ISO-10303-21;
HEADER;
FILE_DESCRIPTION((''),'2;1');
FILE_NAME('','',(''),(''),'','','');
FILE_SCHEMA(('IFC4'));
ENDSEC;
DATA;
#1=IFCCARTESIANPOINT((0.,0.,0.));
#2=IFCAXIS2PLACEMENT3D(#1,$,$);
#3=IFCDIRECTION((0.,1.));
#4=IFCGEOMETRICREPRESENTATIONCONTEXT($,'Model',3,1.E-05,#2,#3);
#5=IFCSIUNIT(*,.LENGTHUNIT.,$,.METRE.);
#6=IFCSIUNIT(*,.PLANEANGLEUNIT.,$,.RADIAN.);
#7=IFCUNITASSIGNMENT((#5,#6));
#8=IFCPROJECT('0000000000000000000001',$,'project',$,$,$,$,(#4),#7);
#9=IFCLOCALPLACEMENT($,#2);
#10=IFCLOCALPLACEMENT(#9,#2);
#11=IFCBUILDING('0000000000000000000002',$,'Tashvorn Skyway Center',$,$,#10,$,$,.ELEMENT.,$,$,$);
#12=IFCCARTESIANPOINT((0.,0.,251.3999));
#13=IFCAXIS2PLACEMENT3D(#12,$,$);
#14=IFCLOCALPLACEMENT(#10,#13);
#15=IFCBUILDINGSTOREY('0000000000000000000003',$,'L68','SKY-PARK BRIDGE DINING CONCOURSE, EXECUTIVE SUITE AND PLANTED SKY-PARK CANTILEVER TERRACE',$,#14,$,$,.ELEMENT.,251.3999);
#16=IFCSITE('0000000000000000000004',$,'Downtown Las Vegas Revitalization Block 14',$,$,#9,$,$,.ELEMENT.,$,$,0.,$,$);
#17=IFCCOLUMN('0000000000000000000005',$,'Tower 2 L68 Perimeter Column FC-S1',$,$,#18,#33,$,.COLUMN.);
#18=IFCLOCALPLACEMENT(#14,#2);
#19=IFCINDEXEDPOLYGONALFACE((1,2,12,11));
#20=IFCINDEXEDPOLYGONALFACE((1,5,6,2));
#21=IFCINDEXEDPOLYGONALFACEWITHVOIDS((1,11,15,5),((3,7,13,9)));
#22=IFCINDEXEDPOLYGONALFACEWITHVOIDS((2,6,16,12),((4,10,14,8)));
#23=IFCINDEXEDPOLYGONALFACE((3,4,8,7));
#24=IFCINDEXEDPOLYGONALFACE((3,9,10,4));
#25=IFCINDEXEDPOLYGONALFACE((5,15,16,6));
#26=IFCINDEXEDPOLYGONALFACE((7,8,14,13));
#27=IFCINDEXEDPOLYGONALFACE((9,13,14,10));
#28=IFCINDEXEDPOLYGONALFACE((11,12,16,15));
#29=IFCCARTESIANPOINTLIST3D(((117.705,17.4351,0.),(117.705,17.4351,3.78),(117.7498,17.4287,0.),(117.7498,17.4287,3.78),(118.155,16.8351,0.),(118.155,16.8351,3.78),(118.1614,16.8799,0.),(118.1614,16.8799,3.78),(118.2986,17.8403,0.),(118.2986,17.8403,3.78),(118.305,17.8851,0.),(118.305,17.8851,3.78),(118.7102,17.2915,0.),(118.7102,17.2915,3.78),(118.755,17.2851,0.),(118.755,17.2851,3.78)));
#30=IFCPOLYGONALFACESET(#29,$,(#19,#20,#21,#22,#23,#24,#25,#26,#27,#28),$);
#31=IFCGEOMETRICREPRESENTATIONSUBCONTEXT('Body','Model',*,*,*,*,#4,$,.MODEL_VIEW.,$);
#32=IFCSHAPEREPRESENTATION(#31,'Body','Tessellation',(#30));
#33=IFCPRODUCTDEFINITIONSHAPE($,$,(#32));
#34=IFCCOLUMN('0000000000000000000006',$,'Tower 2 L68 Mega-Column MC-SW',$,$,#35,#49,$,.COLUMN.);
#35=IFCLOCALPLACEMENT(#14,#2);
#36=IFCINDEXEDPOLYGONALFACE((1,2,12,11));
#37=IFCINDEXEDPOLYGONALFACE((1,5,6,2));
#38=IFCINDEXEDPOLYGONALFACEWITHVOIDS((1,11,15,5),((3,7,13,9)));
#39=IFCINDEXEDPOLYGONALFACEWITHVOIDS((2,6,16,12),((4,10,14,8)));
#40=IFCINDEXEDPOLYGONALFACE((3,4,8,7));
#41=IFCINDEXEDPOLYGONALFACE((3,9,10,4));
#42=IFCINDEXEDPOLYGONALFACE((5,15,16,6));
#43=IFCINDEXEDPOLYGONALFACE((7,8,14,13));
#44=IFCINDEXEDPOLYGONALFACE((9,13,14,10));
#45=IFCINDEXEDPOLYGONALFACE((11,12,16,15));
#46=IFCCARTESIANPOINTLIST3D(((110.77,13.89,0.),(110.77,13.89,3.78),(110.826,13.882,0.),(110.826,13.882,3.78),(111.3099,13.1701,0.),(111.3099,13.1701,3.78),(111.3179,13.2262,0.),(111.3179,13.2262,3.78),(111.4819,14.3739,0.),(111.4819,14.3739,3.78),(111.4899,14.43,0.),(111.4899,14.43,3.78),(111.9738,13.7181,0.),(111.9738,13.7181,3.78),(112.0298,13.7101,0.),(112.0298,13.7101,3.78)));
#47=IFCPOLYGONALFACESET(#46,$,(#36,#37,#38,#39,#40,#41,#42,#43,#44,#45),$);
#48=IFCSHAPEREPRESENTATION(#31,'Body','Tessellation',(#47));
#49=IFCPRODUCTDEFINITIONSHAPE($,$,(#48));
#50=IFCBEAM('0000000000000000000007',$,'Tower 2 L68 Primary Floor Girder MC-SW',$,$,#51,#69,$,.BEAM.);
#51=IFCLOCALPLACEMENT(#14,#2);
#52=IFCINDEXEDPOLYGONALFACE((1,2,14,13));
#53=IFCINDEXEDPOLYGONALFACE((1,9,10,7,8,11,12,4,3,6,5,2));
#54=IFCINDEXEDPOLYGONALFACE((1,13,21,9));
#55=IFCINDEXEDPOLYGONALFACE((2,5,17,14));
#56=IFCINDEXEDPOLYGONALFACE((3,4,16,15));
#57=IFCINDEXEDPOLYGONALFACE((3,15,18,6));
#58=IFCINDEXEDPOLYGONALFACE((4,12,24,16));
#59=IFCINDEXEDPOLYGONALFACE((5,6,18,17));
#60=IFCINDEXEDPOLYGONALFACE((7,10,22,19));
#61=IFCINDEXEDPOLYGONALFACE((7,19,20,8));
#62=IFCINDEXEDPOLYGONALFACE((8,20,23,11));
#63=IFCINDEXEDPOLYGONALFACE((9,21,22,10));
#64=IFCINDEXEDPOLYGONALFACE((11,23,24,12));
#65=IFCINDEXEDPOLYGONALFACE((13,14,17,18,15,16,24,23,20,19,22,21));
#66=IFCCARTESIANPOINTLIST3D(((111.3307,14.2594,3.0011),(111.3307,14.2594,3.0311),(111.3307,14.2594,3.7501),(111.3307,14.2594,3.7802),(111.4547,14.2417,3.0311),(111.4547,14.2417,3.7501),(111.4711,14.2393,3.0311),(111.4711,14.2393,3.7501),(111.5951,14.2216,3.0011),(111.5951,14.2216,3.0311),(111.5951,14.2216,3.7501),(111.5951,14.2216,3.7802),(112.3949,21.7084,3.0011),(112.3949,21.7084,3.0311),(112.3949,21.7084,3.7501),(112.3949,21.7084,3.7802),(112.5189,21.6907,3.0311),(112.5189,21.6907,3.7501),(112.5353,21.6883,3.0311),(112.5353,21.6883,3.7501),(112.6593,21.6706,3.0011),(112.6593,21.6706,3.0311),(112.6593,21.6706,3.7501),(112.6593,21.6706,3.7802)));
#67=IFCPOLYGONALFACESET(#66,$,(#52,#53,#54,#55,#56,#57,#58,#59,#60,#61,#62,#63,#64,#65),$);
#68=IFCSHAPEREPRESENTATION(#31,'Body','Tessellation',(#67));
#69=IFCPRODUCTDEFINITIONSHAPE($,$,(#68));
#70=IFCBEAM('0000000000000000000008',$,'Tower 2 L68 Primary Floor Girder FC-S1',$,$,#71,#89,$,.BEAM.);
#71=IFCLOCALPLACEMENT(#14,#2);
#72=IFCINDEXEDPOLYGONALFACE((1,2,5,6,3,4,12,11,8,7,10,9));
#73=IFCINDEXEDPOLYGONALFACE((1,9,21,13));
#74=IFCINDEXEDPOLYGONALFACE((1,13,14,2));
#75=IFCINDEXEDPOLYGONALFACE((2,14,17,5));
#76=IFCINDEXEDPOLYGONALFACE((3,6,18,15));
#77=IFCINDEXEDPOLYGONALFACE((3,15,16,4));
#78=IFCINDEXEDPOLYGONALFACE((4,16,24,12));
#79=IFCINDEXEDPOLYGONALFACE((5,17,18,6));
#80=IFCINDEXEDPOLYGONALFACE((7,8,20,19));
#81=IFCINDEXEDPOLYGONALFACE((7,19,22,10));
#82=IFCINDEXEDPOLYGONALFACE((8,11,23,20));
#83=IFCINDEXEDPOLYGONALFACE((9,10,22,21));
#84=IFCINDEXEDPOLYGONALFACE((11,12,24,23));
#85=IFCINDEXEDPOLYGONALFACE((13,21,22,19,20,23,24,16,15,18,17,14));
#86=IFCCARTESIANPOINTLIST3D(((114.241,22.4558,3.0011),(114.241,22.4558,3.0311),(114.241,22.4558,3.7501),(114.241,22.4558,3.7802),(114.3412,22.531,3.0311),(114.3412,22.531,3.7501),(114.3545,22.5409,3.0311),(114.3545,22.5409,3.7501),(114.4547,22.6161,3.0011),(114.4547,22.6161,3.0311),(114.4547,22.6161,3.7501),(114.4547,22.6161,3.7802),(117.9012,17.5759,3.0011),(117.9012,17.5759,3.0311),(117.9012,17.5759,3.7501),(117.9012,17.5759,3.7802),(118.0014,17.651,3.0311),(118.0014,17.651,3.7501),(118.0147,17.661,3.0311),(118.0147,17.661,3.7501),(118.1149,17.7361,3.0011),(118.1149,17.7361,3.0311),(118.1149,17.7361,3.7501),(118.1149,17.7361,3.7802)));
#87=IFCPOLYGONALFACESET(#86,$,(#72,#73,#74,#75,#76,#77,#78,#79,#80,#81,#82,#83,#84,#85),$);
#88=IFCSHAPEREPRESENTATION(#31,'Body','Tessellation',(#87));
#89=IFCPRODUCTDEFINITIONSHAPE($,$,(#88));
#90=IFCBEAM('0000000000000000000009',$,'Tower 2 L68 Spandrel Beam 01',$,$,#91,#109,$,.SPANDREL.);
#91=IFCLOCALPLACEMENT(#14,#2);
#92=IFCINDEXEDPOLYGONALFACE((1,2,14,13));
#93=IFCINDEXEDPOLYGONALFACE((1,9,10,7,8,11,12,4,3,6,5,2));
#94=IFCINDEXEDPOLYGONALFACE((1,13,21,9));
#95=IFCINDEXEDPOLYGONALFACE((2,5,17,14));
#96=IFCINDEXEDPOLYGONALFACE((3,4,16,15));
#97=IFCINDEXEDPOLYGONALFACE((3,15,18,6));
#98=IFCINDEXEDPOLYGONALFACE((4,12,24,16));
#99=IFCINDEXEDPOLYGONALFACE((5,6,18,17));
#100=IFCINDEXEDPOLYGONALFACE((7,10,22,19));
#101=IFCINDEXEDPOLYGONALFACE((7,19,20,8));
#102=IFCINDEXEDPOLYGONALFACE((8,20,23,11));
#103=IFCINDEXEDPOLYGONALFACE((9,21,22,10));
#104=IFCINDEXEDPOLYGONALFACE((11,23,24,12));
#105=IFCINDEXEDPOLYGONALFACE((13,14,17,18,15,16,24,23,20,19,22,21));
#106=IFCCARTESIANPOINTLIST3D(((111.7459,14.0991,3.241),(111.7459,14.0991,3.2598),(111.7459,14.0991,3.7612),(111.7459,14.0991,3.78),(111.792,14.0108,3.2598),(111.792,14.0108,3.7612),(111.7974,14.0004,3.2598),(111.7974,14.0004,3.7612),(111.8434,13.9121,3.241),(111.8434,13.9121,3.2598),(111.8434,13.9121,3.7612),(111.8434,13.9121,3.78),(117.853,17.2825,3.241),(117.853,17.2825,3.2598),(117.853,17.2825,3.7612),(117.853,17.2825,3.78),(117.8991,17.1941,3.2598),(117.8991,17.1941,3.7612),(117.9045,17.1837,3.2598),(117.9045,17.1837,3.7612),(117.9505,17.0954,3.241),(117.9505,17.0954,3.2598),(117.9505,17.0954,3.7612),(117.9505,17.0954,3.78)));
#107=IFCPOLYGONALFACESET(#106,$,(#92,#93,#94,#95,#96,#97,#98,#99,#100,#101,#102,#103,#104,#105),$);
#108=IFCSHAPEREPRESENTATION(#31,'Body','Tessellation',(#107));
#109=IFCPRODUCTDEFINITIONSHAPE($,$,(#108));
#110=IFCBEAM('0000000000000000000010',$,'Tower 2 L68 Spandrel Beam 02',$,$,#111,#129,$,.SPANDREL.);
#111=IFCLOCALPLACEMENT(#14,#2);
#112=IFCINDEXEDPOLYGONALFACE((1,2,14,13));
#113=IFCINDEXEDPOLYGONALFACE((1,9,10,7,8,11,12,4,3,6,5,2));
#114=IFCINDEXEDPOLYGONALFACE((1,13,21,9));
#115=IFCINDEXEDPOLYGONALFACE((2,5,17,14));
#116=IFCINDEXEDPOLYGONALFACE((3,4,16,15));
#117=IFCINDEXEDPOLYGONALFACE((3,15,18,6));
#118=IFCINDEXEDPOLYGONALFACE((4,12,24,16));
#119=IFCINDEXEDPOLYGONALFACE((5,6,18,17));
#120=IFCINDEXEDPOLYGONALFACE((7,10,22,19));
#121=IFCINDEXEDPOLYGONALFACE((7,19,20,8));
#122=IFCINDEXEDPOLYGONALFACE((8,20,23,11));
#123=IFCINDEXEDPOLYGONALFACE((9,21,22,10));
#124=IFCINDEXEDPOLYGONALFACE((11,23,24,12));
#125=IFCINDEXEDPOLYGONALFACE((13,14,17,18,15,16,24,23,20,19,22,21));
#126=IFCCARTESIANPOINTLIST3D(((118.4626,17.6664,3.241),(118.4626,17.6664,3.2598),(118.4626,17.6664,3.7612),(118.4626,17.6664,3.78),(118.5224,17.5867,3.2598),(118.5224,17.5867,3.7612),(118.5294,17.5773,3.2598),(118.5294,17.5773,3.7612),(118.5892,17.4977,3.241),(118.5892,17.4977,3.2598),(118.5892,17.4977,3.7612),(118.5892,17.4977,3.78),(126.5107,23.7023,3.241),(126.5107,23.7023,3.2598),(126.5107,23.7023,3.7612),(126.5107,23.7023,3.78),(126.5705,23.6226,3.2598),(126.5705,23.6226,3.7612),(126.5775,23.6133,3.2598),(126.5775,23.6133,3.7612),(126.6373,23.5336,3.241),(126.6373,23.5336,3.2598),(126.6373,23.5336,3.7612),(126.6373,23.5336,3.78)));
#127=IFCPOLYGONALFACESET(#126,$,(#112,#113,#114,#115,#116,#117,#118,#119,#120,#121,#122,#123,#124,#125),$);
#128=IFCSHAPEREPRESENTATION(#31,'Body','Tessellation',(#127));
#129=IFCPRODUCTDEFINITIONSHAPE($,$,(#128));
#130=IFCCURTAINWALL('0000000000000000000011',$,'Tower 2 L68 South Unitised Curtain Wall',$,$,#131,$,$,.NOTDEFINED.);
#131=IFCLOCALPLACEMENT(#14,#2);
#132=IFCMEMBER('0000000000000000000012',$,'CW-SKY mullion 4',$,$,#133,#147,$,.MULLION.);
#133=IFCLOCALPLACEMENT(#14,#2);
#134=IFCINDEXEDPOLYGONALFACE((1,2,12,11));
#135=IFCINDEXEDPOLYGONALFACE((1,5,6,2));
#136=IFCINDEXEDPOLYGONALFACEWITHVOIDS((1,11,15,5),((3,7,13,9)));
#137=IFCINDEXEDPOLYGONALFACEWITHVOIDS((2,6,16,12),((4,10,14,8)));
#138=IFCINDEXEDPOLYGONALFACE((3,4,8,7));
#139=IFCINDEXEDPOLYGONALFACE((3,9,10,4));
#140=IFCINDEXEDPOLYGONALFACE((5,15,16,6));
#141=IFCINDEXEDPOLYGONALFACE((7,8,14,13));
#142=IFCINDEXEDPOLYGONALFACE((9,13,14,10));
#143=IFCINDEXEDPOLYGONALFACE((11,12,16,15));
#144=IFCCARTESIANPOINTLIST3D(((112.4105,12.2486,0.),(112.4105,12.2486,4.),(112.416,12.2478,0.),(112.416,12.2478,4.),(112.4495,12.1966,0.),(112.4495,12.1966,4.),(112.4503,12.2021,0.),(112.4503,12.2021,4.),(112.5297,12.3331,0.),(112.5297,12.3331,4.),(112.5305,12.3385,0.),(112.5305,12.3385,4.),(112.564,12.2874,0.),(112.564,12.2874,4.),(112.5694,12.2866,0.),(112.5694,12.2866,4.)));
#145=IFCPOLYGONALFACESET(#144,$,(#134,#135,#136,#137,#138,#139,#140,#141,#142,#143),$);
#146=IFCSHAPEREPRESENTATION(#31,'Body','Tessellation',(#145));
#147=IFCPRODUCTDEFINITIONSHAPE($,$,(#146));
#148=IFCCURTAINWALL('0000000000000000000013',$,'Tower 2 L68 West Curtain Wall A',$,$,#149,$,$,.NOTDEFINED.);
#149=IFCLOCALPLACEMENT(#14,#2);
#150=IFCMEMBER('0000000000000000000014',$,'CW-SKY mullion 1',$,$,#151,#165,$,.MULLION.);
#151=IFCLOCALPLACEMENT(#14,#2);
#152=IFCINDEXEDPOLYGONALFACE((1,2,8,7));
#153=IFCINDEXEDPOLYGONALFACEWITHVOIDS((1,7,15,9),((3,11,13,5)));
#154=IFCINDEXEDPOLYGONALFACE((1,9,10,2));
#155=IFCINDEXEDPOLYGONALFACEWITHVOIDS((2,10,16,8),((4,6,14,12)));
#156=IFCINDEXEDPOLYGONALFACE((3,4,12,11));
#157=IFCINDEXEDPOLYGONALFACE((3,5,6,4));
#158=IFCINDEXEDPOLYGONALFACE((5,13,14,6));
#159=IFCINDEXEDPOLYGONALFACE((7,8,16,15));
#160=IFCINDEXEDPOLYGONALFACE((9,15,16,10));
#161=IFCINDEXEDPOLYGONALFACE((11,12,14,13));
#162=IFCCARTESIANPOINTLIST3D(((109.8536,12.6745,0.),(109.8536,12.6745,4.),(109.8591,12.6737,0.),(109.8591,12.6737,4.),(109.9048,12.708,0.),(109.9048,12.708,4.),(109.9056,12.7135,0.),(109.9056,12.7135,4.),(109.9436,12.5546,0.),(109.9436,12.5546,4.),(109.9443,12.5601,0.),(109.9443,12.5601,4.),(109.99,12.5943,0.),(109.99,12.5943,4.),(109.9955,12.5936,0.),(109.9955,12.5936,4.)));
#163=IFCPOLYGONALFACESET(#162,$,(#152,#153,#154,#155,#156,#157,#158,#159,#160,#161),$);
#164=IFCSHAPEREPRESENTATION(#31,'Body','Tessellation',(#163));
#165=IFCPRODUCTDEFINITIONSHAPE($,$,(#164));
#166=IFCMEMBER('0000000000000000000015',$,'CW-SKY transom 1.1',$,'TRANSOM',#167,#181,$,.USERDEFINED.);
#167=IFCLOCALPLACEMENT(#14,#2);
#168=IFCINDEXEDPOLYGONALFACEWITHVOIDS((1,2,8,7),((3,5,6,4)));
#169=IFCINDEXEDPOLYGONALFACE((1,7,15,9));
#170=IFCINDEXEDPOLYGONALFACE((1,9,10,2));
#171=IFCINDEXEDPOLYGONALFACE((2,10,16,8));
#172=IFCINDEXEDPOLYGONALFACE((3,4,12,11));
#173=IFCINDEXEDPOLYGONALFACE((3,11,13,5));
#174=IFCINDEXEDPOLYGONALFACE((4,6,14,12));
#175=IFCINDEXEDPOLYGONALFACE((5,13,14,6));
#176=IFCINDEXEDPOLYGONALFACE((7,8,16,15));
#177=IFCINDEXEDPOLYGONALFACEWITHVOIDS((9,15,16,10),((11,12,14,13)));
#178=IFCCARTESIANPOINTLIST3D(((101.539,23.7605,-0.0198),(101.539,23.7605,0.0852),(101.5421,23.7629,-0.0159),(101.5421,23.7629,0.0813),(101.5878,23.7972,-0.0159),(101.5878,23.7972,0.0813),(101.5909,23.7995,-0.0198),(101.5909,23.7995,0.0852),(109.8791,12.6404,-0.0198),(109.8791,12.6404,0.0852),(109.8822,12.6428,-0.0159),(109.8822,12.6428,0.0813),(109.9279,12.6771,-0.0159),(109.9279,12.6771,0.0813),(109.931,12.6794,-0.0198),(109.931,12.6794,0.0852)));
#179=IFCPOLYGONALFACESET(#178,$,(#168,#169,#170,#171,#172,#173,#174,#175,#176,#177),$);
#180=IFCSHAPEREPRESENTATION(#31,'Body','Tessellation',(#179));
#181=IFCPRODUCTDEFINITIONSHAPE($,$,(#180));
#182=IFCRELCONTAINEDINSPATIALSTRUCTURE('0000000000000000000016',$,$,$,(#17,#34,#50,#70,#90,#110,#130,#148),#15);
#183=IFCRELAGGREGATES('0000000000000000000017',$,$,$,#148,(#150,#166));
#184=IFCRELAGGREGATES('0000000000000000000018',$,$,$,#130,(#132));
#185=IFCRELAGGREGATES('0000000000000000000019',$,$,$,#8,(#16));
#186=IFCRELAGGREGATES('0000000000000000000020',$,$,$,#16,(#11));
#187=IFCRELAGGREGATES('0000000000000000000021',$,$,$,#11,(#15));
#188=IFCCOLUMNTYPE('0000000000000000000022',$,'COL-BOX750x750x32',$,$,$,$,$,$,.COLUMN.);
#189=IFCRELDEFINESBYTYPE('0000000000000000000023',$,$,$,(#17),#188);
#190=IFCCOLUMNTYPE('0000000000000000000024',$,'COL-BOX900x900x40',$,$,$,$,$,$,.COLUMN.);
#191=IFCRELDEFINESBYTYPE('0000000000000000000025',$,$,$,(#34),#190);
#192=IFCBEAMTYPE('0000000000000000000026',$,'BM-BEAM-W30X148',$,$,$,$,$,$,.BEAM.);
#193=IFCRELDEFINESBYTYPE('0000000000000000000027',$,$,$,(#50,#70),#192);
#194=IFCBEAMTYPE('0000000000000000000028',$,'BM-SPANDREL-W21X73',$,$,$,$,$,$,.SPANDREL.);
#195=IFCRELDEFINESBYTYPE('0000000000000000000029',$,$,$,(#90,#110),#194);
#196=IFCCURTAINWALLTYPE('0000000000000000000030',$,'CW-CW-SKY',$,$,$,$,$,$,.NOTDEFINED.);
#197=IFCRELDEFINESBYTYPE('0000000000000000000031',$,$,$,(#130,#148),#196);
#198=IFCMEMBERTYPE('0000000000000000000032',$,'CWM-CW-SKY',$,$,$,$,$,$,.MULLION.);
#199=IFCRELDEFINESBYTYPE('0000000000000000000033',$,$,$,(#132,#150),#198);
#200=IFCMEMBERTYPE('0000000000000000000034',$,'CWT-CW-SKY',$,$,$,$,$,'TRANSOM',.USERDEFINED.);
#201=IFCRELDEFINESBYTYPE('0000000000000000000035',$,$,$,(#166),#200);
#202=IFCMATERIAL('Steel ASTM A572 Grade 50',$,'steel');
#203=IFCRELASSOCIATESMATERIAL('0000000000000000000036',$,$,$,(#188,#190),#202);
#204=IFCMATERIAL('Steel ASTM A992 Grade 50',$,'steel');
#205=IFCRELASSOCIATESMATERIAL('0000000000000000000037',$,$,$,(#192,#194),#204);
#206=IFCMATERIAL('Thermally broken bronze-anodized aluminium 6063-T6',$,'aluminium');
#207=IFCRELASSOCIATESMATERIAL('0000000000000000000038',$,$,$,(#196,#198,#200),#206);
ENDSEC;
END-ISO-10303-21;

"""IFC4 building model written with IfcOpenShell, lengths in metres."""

from ifc_helpers import new_model, si_unit, direction, frame, origin, origin_2d, place, context, subcontext, project, spatial, hollow_rectangle, i_section, extrude, material, material_profile, profile_set, type_object, element, aggregate, save


model = new_model("IFC4")

# Units and contexts
model_context = context("Model", 3, precision=1e-05, world=origin(), true_north=direction((0.0, 1.0)))
body_context = subcontext(model_context, "Body", "Model", "MODEL_VIEW")
ifc_project = project(units=[si_unit("LENGTHUNIT", "METRE"), si_unit("PLANEANGLEUNIT", "RADIAN")], contexts=[model_context])

# Site, building, storey
site_placement = place(None, origin())
site = spatial("IfcSite", under=ifc_project, at=site_placement, Name="Downtown Las Vegas Revitalization Block 14", CompositionType="ELEMENT", RefElevation=0.0)
building_placement = place(site_placement, origin())
building = spatial("IfcBuilding", under=site, at=building_placement, Name="Tashvorn Skyway Center", CompositionType="ELEMENT")
storey_placement = place(building_placement, frame((0.0, 0.0, 251.3999)))
storey = spatial("IfcBuildingStorey", under=building, at=storey_placement, Name="L68", Description="SKY-PARK BRIDGE DINING CONCOURSE, EXECUTIVE SUITE AND PLANTED SKY-PARK CANTILEVER TERRACE", CompositionType="ELEMENT", Elevation=251.3999)

# Columns
ifc_material_1 = material(Name="Steel ASTM A572 Grade 50", Category="steel")
ifc_material_profile_1 = material_profile(ifc_material_1, hollow_rectangle(XDim=0.75, YDim=0.75, WallThickness=0.032, at=origin_2d()), Name="BOX750x750x32")
ifc_profile_set_1 = profile_set([ifc_material_profile_1], Name="Steel ASTM A572 Grade 50")
column_type_1 = type_object("IfcColumnType", Name="COL-BOX750x750x32", PredefinedType="COLUMN", material=ifc_profile_set_1)
column_1_placement = place(storey_placement, frame((118.23, 17.3601, 0.0), z_axis=(0.0, 0.0, 1.0), x_axis=(0.8, 0.6, 0.0)))
element("IfcColumn", 1, at=column_1_placement, inside=storey, type_object=column_type_1, Name="Tower 2 L68 Perimeter Column FC-S1", PredefinedType="COLUMN", context=body_context, shape_type="SweptSolid", body=[
    extrude(hollow_rectangle(XDim=0.75, YDim=0.75, WallThickness=0.032, at=origin_2d()), origin(), (0.0, 0.0, 1.0), 3.78),
])
ifc_material_profile_2 = material_profile(ifc_material_1, hollow_rectangle(XDim=0.8999, YDim=0.8999, WallThickness=0.04, at=origin_2d()), Name="BOX900x900x40")
ifc_profile_set_2 = profile_set([ifc_material_profile_2], Name="Steel ASTM A572 Grade 50")
column_type_2 = type_object("IfcColumnType", Name="COL-BOX900x900x40", PredefinedType="COLUMN", material=ifc_profile_set_2)
column_2_placement = place(storey_placement, frame((111.3999, 13.8, 0.0), z_axis=(0.0, 0.0, 1.0), x_axis=(0.8, 0.6, 0.0)))
element("IfcColumn", 2, at=column_2_placement, inside=storey, type_object=column_type_2, Name="Tower 2 L68 Mega-Column MC-SW", PredefinedType="COLUMN", context=body_context, shape_type="SweptSolid", body=[
    extrude(hollow_rectangle(XDim=0.8999, YDim=0.8999, WallThickness=0.04, at=origin_2d()), origin(), (0.0, 0.0, 1.0), 3.78),
])

# Beams
ifc_material_2 = material(Name="Steel ASTM A992 Grade 50", Category="steel")
ifc_material_profile_3 = material_profile(ifc_material_2, i_section(OverallWidth=0.2671, OverallDepth=0.7791, WebThickness=0.0166, FlangeThickness=0.03, at=origin_2d()), Name="W30X148")
ifc_profile_set_3 = profile_set([ifc_material_profile_3], Name="Steel ASTM A992 Grade 50")
beam_type_1 = type_object("IfcBeamType", Name="BM-BEAM-W30X148", PredefinedType="BEAM", material=ifc_profile_set_3)
beam_1_placement = place(storey_placement, frame((111.4629, 14.2405, 3.3906), z_axis=(0.14143, 0.989948, 0.0), x_axis=(-0.989948, 0.14143, 0.0)))
element("IfcBeam", 3, at=beam_1_placement, inside=storey, type_object=beam_type_1, Name="Tower 2 L68 Primary Floor Girder MC-SW", PredefinedType="BEAM", context=body_context, shape_type="SweptSolid", body=[
    extrude(i_section(OverallWidth=0.2671, OverallDepth=0.7791, WebThickness=0.0166, FlangeThickness=0.03, at=origin_2d()), origin(), (0.0, 0.0, 1.0), 7.5247),
])
beam_2_placement = place(storey_placement, frame((118.0081, 17.656, 3.3906), z_axis=(-0.600026, 0.799981, 0.0), x_axis=(-0.799981, -0.600026, 0.0)))
element("IfcBeam", 4, at=beam_2_placement, inside=storey, type_object=beam_type_1, Name="Tower 2 L68 Primary Floor Girder FC-S1", PredefinedType="BEAM", context=body_context, shape_type="SweptSolid", body=[
    extrude(i_section(OverallWidth=0.2671, OverallDepth=0.7791, WebThickness=0.0166, FlangeThickness=0.03, at=origin_2d()), origin(), (0.0, 0.0, 1.0), 6.1001),
])
ifc_material_profile_4 = material_profile(ifc_material_2, i_section(OverallWidth=0.2109, OverallDepth=0.5391, WebThickness=0.0117, FlangeThickness=0.0188, at=origin_2d()), Name="W21X73")
ifc_profile_set_4 = profile_set([ifc_material_profile_4], Name="Steel ASTM A992 Grade 50")
beam_type_2 = type_object("IfcBeamType", Name="BM-SPANDREL-W21X73", PredefinedType="SPANDREL", material=ifc_profile_set_4)
beam_3_placement = place(storey_placement, frame((111.7947, 14.0056, 3.5105), z_axis=(0.886764, 0.462223, 0.0), x_axis=(-0.462223, 0.886764, 0.0)))
element("IfcBeam", 5, at=beam_3_placement, inside=storey, type_object=beam_type_2, Name="Tower 2 L68 Spandrel Beam 01", PredefinedType="SPANDREL", context=body_context, shape_type="SweptSolid", body=[
    extrude(i_section(OverallWidth=0.2109, OverallDepth=0.5391, WebThickness=0.0117, FlangeThickness=0.0188, at=origin_2d()), origin(), (0.0, 0.0, 1.0), 6.887),
])
beam_4_placement = place(storey_placement, frame((118.5259, 17.582, 3.5105), z_axis=(0.800009, 0.599988, 0.0), x_axis=(-0.599988, 0.800009, 0.0)))
element("IfcBeam", 6, at=beam_4_placement, inside=storey, type_object=beam_type_2, Name="Tower 2 L68 Spandrel Beam 02", PredefinedType="SPANDREL", context=body_context, shape_type="SweptSolid", body=[
    extrude(i_section(OverallWidth=0.2109, OverallDepth=0.5391, WebThickness=0.0117, FlangeThickness=0.0188, at=origin_2d()), origin(), (0.0, 0.0, 1.0), 10.0601),
])

# Curtain wall, member
ifc_material_3 = material(Name="Thermally broken bronze-anodized aluminium 6063-T6", Category="aluminium")
curtain_wall_type = type_object("IfcCurtainWallType", Name="CW-CW-SKY", PredefinedType="NOTDEFINED", material=ifc_material_3)
curtain_wall_1_placement = place(storey_placement, origin())
curtain_wall_1 = element("IfcCurtainWall", 7, at=curtain_wall_1_placement, inside=storey, type_object=curtain_wall_type, Name="Tower 2 L68 South Unitised Curtain Wall", PredefinedType="NOTDEFINED")
ifc_material_profile_5 = material_profile(ifc_material_3, hollow_rectangle(XDim=0.0649, YDim=0.1499, WallThickness=0.0039, at=origin_2d()), Name="ALU-MULL-65x150")
ifc_profile_set_5 = profile_set([ifc_material_profile_5], Name="Thermally broken bronze-anodized aluminium 6063-T6")
member_type_1 = type_object("IfcMemberType", Name="CWM-CW-SKY", PredefinedType="MULLION", material=ifc_profile_set_5)
member_1_placement = place(storey_placement, frame((112.49, 12.2676, 0.0), z_axis=(0.0, 0.0, 1.0), x_axis=(0.6, -0.8, 0.0)))
member_1 = element("IfcMember", 8, at=member_1_placement, type_object=member_type_1, Name="CW-SKY mullion 4", PredefinedType="MULLION", context=body_context, shape_type="SweptSolid", body=[
    extrude(hollow_rectangle(XDim=0.0649, YDim=0.1499, WallThickness=0.0039, at=origin_2d()), origin(), (0.0, 0.0, 1.0), 4.0),
])

# Curtain wall, members
curtain_wall_2_placement = place(storey_placement, origin())
curtain_wall_2 = element("IfcCurtainWall", 9, at=curtain_wall_2_placement, inside=storey, type_object=curtain_wall_type, Name="Tower 2 L68 West Curtain Wall A", PredefinedType="NOTDEFINED")
member_2_placement = place(storey_placement, frame((109.9246, 12.634, 0.0), z_axis=(0.0, 0.0, 1.0), x_axis=(-0.8, -0.6, 0.0)))
member_2 = element("IfcMember", 10, at=member_2_placement, type_object=member_type_1, Name="CW-SKY mullion 1", PredefinedType="MULLION", context=body_context, shape_type="SweptSolid", body=[
    extrude(hollow_rectangle(XDim=0.0649, YDim=0.1499, WallThickness=0.0039, at=origin_2d()), origin(), (0.0, 0.0, 1.0), 4.0),
])
ifc_material_profile_6 = material_profile(ifc_material_3, hollow_rectangle(XDim=0.0649, YDim=0.105, WallThickness=0.0039, at=origin_2d()), Name="ALU-TRAN-65x105")
ifc_profile_set_6 = profile_set([ifc_material_profile_6], Name="Thermally broken bronze-anodized aluminium 6063-T6")
member_type_2 = type_object("IfcMemberType", Name="CWT-CW-SKY", ElementType="TRANSOM", PredefinedType="USERDEFINED", material=ifc_profile_set_6)
member_3_placement = place(storey_placement, frame((109.905, 12.6599, 0.0327), z_axis=(-0.6, 0.8, 0.0), x_axis=(-0.8, -0.6, 0.0)))
member_3 = element("IfcMember", 11, at=member_3_placement, type_object=member_type_2, Name="CW-SKY transom 1.1", ObjectType="TRANSOM", PredefinedType="USERDEFINED", context=body_context, shape_type="SweptSolid", body=[
    extrude(hollow_rectangle(XDim=0.0649, YDim=0.105, WallThickness=0.0039, at=origin_2d()), origin(), (0.0, 0.0, 1.0), 13.9001),
])
aggregate(curtain_wall_2, [member_2, member_3])

aggregate(curtain_wall_1, [member_1])

save(model, "model.ifc")
